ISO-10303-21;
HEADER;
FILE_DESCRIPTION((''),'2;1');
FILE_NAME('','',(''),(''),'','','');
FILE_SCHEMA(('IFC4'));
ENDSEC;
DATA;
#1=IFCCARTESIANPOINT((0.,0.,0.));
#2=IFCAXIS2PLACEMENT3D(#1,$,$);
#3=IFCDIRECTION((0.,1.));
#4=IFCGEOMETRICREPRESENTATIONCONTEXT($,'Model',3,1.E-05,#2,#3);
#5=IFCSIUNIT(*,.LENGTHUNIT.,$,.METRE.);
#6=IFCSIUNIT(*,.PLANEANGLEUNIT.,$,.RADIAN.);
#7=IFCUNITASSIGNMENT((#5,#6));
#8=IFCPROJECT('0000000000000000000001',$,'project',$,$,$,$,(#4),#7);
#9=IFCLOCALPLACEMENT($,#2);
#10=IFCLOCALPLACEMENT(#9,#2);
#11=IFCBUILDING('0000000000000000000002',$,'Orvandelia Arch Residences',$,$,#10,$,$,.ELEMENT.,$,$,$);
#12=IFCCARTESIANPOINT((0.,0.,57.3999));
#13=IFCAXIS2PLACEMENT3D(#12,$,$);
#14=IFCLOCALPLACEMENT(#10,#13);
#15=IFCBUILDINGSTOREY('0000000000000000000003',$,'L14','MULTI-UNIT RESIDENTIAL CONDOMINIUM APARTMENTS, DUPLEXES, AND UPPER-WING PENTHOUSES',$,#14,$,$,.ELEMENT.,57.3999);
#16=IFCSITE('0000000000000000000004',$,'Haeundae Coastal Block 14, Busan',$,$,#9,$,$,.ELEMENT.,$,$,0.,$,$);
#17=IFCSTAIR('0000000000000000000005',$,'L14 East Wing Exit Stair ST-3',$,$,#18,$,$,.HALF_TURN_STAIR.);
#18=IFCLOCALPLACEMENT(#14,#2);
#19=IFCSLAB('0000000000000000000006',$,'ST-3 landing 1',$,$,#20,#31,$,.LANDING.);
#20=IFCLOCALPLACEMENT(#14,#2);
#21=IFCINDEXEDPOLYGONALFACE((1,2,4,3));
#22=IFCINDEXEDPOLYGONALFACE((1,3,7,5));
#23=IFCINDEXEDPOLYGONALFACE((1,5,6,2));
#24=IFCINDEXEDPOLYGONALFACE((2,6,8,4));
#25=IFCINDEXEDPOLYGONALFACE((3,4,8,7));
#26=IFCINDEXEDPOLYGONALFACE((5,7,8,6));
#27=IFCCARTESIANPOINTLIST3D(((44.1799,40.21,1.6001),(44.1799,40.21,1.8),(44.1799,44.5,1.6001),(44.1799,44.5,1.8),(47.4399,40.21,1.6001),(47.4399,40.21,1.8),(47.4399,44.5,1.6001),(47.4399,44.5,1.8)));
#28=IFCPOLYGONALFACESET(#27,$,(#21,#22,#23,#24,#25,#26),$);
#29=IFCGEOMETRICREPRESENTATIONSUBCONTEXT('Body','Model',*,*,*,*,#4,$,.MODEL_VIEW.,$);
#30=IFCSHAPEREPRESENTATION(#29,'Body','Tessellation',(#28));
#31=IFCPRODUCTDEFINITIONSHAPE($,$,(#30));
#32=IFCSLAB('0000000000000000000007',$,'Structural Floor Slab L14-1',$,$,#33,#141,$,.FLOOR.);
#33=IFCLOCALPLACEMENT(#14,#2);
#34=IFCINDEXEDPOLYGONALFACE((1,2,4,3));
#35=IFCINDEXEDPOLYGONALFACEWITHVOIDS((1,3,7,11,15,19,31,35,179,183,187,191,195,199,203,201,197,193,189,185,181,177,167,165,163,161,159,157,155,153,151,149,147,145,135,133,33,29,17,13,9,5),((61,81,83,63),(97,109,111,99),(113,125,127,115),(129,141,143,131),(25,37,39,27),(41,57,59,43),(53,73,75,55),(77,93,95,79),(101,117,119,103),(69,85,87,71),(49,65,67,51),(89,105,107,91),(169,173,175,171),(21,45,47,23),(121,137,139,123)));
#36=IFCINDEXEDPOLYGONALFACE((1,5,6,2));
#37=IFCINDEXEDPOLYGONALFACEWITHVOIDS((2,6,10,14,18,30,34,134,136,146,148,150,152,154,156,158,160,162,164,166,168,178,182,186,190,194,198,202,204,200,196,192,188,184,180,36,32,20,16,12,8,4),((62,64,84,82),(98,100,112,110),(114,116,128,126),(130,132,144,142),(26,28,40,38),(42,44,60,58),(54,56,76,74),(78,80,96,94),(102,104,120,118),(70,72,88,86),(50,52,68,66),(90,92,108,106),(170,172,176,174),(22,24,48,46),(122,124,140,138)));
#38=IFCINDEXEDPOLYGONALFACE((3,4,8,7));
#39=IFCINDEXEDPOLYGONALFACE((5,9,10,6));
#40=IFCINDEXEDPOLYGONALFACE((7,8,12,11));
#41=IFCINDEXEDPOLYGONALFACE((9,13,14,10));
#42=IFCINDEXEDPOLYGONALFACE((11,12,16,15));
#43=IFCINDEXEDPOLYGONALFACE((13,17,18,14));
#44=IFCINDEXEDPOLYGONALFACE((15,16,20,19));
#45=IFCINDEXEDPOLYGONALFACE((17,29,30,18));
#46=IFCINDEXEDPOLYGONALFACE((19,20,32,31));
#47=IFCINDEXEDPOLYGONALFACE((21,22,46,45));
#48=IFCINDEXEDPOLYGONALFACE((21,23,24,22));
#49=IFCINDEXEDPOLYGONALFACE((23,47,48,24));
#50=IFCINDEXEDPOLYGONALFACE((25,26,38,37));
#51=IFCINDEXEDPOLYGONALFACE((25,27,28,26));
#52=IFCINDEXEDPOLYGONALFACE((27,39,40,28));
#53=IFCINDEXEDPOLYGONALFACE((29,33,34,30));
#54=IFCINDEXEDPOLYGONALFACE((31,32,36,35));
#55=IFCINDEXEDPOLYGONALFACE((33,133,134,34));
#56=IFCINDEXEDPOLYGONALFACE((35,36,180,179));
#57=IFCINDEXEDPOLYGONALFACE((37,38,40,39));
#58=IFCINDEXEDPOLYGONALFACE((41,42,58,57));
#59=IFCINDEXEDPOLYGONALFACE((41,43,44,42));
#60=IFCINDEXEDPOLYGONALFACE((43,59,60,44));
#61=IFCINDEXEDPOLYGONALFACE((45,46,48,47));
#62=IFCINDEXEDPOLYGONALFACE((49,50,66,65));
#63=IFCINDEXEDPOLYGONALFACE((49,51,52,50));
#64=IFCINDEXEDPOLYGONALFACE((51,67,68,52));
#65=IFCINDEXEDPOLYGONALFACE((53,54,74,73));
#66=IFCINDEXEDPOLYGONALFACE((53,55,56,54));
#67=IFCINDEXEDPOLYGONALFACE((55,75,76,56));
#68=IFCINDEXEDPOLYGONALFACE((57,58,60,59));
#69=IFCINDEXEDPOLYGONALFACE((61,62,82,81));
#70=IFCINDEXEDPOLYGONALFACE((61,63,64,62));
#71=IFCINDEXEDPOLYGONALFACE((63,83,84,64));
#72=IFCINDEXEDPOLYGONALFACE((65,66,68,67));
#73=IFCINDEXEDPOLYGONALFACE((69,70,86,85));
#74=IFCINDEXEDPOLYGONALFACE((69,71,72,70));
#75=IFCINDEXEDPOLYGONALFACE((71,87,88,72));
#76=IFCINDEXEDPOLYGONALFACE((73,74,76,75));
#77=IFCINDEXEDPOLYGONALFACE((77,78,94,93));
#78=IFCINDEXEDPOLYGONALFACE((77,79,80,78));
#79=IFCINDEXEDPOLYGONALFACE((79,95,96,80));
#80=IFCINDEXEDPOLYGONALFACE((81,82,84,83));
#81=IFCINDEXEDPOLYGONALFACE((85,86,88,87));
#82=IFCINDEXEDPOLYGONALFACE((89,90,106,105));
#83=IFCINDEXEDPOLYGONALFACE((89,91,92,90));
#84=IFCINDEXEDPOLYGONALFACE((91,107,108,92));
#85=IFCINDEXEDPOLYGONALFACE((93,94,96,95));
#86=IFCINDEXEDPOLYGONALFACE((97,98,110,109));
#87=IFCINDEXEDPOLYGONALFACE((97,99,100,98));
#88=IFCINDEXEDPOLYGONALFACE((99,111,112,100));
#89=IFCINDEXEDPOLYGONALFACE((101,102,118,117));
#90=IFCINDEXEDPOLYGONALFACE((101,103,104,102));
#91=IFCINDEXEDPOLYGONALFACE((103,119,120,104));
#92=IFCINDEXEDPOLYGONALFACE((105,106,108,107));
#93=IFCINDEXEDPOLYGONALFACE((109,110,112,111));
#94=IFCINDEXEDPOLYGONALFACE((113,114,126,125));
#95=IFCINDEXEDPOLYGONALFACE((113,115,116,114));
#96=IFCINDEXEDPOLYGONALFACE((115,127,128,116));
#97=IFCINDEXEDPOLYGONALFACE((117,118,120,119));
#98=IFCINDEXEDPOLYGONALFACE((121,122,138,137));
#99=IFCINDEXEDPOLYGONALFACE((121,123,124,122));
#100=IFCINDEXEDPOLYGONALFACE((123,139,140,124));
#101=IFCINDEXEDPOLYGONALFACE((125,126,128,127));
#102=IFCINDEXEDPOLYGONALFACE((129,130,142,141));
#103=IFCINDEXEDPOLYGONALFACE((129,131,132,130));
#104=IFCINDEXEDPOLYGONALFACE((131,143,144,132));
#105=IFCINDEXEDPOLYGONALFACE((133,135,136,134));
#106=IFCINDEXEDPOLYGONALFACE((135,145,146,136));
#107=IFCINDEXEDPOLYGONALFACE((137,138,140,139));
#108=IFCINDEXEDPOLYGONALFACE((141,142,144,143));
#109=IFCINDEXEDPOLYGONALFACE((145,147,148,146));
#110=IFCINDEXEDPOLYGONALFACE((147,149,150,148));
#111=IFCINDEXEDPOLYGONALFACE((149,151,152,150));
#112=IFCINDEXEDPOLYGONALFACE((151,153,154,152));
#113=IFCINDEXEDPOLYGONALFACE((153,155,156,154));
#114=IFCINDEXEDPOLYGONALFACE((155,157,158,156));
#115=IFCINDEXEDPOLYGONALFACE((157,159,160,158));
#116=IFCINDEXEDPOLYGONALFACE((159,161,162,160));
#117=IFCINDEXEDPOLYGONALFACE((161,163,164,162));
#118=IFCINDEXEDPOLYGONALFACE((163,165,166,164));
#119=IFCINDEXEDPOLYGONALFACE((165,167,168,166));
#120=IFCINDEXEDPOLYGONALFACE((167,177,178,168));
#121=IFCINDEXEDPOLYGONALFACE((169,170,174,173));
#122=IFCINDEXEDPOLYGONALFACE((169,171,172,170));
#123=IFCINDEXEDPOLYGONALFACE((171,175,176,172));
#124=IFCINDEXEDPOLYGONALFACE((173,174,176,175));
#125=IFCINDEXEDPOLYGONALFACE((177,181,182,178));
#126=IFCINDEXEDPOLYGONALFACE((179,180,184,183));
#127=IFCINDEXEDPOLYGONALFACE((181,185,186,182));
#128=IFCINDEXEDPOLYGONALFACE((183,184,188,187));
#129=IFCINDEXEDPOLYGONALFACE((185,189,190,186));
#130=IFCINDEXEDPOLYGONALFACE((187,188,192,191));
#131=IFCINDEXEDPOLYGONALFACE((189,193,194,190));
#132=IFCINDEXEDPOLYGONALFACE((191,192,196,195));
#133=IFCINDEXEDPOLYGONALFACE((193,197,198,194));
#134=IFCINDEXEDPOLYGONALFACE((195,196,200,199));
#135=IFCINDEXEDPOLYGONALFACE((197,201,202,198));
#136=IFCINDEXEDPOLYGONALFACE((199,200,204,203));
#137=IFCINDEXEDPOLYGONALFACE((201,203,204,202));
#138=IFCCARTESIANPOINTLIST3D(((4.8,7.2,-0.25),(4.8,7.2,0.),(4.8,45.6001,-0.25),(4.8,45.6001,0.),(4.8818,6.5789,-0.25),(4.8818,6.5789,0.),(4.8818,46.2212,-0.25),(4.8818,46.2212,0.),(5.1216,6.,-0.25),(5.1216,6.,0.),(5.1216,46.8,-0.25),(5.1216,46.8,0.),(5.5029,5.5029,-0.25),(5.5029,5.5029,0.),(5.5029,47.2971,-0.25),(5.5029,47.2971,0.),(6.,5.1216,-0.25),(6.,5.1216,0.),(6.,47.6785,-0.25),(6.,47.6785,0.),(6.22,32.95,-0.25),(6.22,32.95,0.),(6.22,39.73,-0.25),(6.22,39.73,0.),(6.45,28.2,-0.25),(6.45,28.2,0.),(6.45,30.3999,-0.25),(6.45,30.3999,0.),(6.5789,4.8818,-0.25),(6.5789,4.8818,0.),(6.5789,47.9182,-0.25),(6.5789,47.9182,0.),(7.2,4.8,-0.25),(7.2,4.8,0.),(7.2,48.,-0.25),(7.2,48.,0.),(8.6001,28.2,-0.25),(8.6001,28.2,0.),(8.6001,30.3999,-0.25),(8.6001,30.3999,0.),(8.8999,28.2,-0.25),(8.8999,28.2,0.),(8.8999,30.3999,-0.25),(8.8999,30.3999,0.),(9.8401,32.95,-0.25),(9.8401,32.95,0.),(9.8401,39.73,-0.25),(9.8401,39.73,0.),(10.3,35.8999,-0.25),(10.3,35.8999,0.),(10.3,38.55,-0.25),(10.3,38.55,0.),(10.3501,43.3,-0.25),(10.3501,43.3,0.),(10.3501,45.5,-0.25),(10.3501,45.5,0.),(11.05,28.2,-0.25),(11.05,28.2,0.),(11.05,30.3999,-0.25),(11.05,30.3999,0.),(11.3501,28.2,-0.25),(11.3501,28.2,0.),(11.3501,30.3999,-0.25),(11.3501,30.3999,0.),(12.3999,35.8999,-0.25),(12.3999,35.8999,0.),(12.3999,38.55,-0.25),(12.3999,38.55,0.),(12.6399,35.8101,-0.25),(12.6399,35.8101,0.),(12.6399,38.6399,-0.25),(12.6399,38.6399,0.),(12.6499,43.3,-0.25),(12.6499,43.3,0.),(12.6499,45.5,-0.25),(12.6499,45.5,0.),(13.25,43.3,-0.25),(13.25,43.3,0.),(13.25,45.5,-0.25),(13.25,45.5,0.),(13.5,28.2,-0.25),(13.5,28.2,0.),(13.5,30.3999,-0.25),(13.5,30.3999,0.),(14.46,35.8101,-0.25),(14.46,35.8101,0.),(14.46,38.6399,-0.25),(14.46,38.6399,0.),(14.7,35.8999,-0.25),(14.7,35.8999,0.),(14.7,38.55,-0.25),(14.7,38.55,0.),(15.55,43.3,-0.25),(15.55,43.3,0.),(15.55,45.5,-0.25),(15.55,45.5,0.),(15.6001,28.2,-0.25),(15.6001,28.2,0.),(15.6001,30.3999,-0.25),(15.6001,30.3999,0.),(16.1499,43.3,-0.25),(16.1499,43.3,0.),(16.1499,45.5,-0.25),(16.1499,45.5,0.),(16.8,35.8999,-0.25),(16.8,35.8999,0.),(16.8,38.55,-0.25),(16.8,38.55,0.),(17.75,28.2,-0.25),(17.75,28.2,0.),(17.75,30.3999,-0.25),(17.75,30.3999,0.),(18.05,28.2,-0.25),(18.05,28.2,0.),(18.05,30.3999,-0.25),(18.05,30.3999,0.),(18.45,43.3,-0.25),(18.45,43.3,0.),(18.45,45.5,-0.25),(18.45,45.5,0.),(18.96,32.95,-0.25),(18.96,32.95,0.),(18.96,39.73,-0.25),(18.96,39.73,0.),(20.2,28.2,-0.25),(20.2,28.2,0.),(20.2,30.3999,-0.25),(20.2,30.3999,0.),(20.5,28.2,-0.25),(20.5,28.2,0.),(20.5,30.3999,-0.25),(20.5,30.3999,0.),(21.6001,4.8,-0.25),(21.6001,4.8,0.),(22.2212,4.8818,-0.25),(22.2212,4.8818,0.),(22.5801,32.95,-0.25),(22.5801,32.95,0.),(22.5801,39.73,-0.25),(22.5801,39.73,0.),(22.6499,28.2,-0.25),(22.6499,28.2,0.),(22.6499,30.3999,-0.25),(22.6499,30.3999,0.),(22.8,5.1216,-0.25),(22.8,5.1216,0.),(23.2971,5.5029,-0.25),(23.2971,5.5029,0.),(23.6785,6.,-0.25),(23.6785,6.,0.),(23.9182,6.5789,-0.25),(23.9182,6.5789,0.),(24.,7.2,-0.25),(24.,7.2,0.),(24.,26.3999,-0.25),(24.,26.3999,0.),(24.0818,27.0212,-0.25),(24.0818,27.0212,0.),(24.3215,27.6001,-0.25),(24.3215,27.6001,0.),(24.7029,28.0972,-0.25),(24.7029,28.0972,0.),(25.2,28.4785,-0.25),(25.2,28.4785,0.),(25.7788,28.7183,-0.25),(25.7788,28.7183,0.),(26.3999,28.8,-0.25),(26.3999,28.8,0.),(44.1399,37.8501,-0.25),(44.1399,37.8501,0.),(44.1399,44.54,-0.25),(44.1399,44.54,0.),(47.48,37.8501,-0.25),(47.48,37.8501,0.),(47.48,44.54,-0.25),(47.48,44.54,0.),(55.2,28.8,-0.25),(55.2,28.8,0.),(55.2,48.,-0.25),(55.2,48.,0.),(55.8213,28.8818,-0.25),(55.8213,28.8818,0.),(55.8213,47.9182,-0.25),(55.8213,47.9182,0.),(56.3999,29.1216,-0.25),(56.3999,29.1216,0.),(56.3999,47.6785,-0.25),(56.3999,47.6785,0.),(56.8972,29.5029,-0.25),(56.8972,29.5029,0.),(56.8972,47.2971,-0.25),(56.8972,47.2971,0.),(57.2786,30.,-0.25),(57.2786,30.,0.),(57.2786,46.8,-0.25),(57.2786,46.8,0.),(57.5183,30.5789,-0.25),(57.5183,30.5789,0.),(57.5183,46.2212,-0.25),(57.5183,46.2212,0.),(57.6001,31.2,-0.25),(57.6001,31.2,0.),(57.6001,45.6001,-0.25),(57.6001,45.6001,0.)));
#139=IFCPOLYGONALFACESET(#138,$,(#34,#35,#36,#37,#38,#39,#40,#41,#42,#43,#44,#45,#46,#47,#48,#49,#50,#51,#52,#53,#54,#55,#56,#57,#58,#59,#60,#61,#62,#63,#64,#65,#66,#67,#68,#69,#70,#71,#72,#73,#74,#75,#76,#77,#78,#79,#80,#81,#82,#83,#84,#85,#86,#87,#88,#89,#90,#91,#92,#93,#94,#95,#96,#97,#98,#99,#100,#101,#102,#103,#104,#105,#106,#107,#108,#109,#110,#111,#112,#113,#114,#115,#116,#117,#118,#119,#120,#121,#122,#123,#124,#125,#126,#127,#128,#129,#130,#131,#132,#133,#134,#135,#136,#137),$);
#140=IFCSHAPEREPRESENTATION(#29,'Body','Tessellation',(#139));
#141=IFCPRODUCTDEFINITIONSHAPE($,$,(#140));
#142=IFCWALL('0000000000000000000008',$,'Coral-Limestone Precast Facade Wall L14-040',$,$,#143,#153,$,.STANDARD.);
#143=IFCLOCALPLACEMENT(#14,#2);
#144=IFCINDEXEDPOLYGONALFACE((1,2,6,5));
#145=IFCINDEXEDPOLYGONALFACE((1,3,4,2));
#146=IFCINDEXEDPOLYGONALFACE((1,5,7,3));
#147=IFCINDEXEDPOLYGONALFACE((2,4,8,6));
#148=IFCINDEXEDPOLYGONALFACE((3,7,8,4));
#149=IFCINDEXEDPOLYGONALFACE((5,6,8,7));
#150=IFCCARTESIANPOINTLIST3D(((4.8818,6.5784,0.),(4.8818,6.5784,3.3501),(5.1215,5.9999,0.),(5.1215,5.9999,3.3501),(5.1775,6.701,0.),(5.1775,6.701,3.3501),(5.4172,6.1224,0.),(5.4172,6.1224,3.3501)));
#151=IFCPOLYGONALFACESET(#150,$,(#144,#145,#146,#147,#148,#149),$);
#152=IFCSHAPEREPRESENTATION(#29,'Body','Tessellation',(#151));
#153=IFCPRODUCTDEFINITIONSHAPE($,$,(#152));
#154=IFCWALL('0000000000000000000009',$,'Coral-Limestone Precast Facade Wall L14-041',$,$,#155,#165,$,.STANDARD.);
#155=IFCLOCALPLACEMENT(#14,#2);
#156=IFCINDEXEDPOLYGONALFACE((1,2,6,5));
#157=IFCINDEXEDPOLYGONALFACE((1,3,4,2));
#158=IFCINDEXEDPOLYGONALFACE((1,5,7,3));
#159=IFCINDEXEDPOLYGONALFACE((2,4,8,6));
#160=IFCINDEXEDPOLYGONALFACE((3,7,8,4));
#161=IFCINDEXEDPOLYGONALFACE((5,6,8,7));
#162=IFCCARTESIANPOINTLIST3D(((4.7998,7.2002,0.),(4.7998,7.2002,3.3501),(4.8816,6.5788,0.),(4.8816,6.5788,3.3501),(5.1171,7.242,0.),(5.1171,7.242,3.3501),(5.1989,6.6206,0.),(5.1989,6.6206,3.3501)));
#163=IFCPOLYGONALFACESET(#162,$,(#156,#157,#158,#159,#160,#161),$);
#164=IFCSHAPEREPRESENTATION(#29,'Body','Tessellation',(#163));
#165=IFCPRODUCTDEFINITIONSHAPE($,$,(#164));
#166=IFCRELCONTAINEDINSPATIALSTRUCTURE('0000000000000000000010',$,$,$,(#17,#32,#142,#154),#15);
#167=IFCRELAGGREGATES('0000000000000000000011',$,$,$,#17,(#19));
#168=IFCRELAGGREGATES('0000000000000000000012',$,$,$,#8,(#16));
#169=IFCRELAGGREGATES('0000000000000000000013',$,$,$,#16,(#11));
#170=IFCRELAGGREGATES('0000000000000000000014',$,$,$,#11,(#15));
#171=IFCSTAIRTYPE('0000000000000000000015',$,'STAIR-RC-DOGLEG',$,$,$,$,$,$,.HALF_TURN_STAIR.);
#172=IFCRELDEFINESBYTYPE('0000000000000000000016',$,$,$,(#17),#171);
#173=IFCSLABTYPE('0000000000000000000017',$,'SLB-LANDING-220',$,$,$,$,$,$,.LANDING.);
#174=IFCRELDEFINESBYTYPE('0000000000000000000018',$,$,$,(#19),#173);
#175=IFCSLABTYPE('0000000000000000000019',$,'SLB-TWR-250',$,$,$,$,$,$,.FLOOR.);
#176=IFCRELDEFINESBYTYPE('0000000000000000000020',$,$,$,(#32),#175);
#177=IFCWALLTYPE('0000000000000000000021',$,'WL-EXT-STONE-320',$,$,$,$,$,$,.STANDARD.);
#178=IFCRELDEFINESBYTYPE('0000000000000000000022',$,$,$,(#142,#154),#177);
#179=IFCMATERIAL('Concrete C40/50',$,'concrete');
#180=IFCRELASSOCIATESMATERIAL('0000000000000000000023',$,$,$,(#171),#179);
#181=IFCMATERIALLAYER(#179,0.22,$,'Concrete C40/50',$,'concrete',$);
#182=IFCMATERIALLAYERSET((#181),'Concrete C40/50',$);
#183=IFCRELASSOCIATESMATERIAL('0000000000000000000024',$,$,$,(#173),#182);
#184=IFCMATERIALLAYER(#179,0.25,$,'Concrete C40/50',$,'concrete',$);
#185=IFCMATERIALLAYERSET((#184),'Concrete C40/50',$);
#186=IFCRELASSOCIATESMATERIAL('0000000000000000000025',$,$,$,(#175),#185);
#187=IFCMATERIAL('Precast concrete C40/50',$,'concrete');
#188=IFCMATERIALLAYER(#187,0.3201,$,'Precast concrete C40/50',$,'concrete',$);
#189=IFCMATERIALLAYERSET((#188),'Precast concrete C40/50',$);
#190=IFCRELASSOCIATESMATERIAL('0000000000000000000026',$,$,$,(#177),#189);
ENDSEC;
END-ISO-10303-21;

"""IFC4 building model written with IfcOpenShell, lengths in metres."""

from ifc_helpers import new_model, si_unit, direction, frame, frame_2d, origin, place, context, subcontext, project, spatial, polyline, rectangle, outline, extrude, material, layer, layer_set, type_object, element, aggregate, save


model = new_model("IFC4")

# Units and contexts
model_context = context("Model", 3, precision=1e-05, world=origin(), true_north=direction((0.0, 1.0)))
body_context = subcontext(model_context, "Body", "Model", "MODEL_VIEW")
ifc_project = project(units=[si_unit("LENGTHUNIT", "METRE"), si_unit("PLANEANGLEUNIT", "RADIAN")], contexts=[model_context])

# Site, building, storey
site_placement = place(None, origin())
site = spatial("IfcSite", under=ifc_project, at=site_placement, Name="Haeundae Coastal Block 14, Busan", CompositionType="ELEMENT", RefElevation=0.0)
building_placement = place(site_placement, origin())
building = spatial("IfcBuilding", under=site, at=building_placement, Name="Orvandelia Arch Residences", CompositionType="ELEMENT")
storey_placement = place(building_placement, frame((0.0, 0.0, 57.3999)))
storey = spatial("IfcBuildingStorey", under=building, at=storey_placement, Name="L14", Description="MULTI-UNIT RESIDENTIAL CONDOMINIUM APARTMENTS, DUPLEXES, AND UPPER-WING PENTHOUSES", CompositionType="ELEMENT", Elevation=57.3999)

# Shared definitions
ifc_material_1 = material(Name="Precast concrete C40/50", Category="concrete")

# Stair, slab
ifc_material_2 = material(Name="Concrete C40/50", Category="concrete")
stair_type = type_object("IfcStairType", Name="STAIR-RC-DOGLEG", PredefinedType="HALF_TURN_STAIR", material=ifc_material_2)
ifc_layer_1 = layer(ifc_material_2, 0.22, Name="Concrete C40/50", Category="concrete")
ifc_layer_set_1 = layer_set([ifc_layer_1], Name="Concrete C40/50")
slab_type_1 = type_object("IfcSlabType", Name="SLB-LANDING-220", PredefinedType="LANDING", material=ifc_layer_set_1)
stair_1_placement = place(storey_placement, origin())
stair_1 = element("IfcStair", 1, at=stair_1_placement, inside=storey, type_object=stair_type, Name="L14 East Wing Exit Stair ST-3", PredefinedType="HALF_TURN_STAIR")
slab_1_placement = place(storey_placement, frame((0.0, 0.0, 1.6001)))
slab_1 = element("IfcSlab", 2, at=slab_1_placement, type_object=slab_type_1, Name="ST-3 landing 1", PredefinedType="LANDING", context=body_context, shape_type="SweptSolid", body=[
    extrude(outline(polyline([(47.4399, 40.21), (47.4399, 44.5), (44.1799, 44.5), (44.1799, 40.21), (47.4399, 40.21)])), origin(), (0.0, 0.0, 1.0), 0.2),
])
aggregate(stair_1, [slab_1])

# Slab
ifc_layer_2 = layer(ifc_material_2, 0.25, Name="Concrete C40/50", Category="concrete")
ifc_layer_set_2 = layer_set([ifc_layer_2], Name="Concrete C40/50")
slab_type_2 = type_object("IfcSlabType", Name="SLB-TWR-250", PredefinedType="FLOOR", material=ifc_layer_set_2)
slab_2_placement = place(storey_placement, frame((0.0, 0.0, -0.25)))
element("IfcSlab", 3, at=slab_2_placement, inside=storey, type_object=slab_type_2, Name="Structural Floor Slab L14-1", PredefinedType="FLOOR", context=body_context, shape_type="SweptSolid", body=[
    extrude(outline(polyline([(4.8, 7.2), (4.8818, 6.5789), (5.1216, 6.0), (5.5029, 5.5029), (6.0, 5.1216), (6.5789, 4.8818), (7.2, 4.8), (21.6001, 4.8), (22.2212, 4.8818), (22.8, 5.1216), (23.2971, 5.5029), (23.6785, 6.0), (23.9182, 6.5789), (24.0, 7.2), (24.0, 26.3999), (24.0818, 27.0212), (24.3215, 27.6001), (24.7029, 28.0972), (25.2, 28.4785), (25.7788, 28.7183), (26.3999, 28.8), (55.2, 28.8), (55.8213, 28.8818), (56.3999, 29.1216), (56.8972, 29.5029), (57.2786, 30.0), (57.5183, 30.5789), (57.6001, 31.2), (57.6001, 45.6001), (57.5183, 46.2212), (57.2786, 46.8), (56.8972, 47.2971), (56.3999, 47.6785), (55.8213, 47.9182), (55.2, 48.0), (7.2, 48.0), (6.5789, 47.9182), (6.0, 47.6785), (5.5029, 47.2971), (5.1216, 46.8), (4.8818, 46.2212), (4.8, 45.6001), (4.8, 7.2)]), holes=[polyline([(6.22, 32.95), (9.8401, 32.95), (9.8401, 39.73), (6.22, 39.73), (6.22, 32.95)]), polyline([(18.96, 32.95), (22.5801, 32.95), (22.5801, 39.73), (18.96, 39.73), (18.96, 32.95)]), polyline([(44.1399, 37.8501), (47.48, 37.8501), (47.48, 44.54), (44.1399, 44.54), (44.1399, 37.8501)]), polyline([(12.6399, 35.8101), (14.46, 35.8101), (14.46, 38.6399), (12.6399, 38.6399), (12.6399, 35.8101)]), polyline([(10.3, 35.8999), (12.3999, 35.8999), (12.3999, 38.55), (10.3, 38.55), (10.3, 35.8999)]), polyline([(14.7, 35.8999), (16.8, 35.8999), (16.8, 38.55), (14.7, 38.55), (14.7, 35.8999)]), polyline([(10.3501, 43.3), (12.6499, 43.3), (12.6499, 45.5), (10.3501, 45.5), (10.3501, 43.3)]), polyline([(13.25, 43.3), (15.55, 43.3), (15.55, 45.5), (13.25, 45.5), (13.25, 43.3)]), polyline([(16.1499, 43.3), (18.45, 43.3), (18.45, 45.5), (16.1499, 45.5), (16.1499, 43.3)]), polyline([(6.45, 28.2), (8.6001, 28.2), (8.6001, 30.3999), (6.45, 30.3999), (6.45, 28.2)]), polyline([(8.8999, 28.2), (11.05, 28.2), (11.05, 30.3999), (8.8999, 30.3999), (8.8999, 28.2)]), polyline([(11.3501, 28.2), (13.5, 28.2), (13.5, 30.3999), (11.3501, 30.3999), (11.3501, 28.2)]), polyline([(15.6001, 28.2), (17.75, 28.2), (17.75, 30.3999), (15.6001, 30.3999), (15.6001, 28.2)]), polyline([(18.05, 28.2), (20.2, 28.2), (20.2, 30.3999), (18.05, 30.3999), (18.05, 28.2)]), polyline([(20.5, 28.2), (22.6499, 28.2), (22.6499, 30.3999), (20.5, 30.3999), (20.5, 28.2)])]), origin(), (0.0, 0.0, 1.0), 0.25),
])

# Walls
ifc_layer_3 = layer(ifc_material_1, 0.3201, Name="Precast concrete C40/50", Category="concrete")
ifc_layer_set_3 = layer_set([ifc_layer_3], Name="Precast concrete C40/50")
wall_type_1 = type_object("IfcWallType", Name="WL-EXT-STONE-320", PredefinedType="STANDARD", material=ifc_layer_set_3)
wall_1_placement = place(storey_placement, frame((5.2693, 6.0613, 0.0), z_axis=(0.0, 0.0, 1.0), x_axis=(-0.382788, 0.923836, 0.0)))
element("IfcWall", 4, at=wall_1_placement, inside=storey, type_object=wall_type_1, Name="Coral-Limestone Precast Facade Wall L14-040", PredefinedType="STANDARD", context=body_context, shape_type="SweptSolid", body=[
    extrude(rectangle(XDim=0.6262, YDim=0.3201, at=frame_2d((0.313, 0.0))), origin(), (0.0, 0.0, 1.0), 3.3501),
])
wall_2_placement = place(storey_placement, frame((5.0403, 6.5996, 0.0), z_axis=(0.0, 0.0, 1.0), x_axis=(-0.130505, 0.991448, 0.0)))
element("IfcWall", 5, at=wall_2_placement, inside=storey, type_object=wall_type_1, Name="Coral-Limestone Precast Facade Wall L14-041", PredefinedType="STANDARD", context=body_context, shape_type="SweptSolid", body=[
    extrude(rectangle(XDim=0.6267, YDim=0.3201, at=frame_2d((0.3135, 0.0))), origin(), (0.0, 0.0, 1.0), 3.3501),
])

save(model, "model.ifc")
